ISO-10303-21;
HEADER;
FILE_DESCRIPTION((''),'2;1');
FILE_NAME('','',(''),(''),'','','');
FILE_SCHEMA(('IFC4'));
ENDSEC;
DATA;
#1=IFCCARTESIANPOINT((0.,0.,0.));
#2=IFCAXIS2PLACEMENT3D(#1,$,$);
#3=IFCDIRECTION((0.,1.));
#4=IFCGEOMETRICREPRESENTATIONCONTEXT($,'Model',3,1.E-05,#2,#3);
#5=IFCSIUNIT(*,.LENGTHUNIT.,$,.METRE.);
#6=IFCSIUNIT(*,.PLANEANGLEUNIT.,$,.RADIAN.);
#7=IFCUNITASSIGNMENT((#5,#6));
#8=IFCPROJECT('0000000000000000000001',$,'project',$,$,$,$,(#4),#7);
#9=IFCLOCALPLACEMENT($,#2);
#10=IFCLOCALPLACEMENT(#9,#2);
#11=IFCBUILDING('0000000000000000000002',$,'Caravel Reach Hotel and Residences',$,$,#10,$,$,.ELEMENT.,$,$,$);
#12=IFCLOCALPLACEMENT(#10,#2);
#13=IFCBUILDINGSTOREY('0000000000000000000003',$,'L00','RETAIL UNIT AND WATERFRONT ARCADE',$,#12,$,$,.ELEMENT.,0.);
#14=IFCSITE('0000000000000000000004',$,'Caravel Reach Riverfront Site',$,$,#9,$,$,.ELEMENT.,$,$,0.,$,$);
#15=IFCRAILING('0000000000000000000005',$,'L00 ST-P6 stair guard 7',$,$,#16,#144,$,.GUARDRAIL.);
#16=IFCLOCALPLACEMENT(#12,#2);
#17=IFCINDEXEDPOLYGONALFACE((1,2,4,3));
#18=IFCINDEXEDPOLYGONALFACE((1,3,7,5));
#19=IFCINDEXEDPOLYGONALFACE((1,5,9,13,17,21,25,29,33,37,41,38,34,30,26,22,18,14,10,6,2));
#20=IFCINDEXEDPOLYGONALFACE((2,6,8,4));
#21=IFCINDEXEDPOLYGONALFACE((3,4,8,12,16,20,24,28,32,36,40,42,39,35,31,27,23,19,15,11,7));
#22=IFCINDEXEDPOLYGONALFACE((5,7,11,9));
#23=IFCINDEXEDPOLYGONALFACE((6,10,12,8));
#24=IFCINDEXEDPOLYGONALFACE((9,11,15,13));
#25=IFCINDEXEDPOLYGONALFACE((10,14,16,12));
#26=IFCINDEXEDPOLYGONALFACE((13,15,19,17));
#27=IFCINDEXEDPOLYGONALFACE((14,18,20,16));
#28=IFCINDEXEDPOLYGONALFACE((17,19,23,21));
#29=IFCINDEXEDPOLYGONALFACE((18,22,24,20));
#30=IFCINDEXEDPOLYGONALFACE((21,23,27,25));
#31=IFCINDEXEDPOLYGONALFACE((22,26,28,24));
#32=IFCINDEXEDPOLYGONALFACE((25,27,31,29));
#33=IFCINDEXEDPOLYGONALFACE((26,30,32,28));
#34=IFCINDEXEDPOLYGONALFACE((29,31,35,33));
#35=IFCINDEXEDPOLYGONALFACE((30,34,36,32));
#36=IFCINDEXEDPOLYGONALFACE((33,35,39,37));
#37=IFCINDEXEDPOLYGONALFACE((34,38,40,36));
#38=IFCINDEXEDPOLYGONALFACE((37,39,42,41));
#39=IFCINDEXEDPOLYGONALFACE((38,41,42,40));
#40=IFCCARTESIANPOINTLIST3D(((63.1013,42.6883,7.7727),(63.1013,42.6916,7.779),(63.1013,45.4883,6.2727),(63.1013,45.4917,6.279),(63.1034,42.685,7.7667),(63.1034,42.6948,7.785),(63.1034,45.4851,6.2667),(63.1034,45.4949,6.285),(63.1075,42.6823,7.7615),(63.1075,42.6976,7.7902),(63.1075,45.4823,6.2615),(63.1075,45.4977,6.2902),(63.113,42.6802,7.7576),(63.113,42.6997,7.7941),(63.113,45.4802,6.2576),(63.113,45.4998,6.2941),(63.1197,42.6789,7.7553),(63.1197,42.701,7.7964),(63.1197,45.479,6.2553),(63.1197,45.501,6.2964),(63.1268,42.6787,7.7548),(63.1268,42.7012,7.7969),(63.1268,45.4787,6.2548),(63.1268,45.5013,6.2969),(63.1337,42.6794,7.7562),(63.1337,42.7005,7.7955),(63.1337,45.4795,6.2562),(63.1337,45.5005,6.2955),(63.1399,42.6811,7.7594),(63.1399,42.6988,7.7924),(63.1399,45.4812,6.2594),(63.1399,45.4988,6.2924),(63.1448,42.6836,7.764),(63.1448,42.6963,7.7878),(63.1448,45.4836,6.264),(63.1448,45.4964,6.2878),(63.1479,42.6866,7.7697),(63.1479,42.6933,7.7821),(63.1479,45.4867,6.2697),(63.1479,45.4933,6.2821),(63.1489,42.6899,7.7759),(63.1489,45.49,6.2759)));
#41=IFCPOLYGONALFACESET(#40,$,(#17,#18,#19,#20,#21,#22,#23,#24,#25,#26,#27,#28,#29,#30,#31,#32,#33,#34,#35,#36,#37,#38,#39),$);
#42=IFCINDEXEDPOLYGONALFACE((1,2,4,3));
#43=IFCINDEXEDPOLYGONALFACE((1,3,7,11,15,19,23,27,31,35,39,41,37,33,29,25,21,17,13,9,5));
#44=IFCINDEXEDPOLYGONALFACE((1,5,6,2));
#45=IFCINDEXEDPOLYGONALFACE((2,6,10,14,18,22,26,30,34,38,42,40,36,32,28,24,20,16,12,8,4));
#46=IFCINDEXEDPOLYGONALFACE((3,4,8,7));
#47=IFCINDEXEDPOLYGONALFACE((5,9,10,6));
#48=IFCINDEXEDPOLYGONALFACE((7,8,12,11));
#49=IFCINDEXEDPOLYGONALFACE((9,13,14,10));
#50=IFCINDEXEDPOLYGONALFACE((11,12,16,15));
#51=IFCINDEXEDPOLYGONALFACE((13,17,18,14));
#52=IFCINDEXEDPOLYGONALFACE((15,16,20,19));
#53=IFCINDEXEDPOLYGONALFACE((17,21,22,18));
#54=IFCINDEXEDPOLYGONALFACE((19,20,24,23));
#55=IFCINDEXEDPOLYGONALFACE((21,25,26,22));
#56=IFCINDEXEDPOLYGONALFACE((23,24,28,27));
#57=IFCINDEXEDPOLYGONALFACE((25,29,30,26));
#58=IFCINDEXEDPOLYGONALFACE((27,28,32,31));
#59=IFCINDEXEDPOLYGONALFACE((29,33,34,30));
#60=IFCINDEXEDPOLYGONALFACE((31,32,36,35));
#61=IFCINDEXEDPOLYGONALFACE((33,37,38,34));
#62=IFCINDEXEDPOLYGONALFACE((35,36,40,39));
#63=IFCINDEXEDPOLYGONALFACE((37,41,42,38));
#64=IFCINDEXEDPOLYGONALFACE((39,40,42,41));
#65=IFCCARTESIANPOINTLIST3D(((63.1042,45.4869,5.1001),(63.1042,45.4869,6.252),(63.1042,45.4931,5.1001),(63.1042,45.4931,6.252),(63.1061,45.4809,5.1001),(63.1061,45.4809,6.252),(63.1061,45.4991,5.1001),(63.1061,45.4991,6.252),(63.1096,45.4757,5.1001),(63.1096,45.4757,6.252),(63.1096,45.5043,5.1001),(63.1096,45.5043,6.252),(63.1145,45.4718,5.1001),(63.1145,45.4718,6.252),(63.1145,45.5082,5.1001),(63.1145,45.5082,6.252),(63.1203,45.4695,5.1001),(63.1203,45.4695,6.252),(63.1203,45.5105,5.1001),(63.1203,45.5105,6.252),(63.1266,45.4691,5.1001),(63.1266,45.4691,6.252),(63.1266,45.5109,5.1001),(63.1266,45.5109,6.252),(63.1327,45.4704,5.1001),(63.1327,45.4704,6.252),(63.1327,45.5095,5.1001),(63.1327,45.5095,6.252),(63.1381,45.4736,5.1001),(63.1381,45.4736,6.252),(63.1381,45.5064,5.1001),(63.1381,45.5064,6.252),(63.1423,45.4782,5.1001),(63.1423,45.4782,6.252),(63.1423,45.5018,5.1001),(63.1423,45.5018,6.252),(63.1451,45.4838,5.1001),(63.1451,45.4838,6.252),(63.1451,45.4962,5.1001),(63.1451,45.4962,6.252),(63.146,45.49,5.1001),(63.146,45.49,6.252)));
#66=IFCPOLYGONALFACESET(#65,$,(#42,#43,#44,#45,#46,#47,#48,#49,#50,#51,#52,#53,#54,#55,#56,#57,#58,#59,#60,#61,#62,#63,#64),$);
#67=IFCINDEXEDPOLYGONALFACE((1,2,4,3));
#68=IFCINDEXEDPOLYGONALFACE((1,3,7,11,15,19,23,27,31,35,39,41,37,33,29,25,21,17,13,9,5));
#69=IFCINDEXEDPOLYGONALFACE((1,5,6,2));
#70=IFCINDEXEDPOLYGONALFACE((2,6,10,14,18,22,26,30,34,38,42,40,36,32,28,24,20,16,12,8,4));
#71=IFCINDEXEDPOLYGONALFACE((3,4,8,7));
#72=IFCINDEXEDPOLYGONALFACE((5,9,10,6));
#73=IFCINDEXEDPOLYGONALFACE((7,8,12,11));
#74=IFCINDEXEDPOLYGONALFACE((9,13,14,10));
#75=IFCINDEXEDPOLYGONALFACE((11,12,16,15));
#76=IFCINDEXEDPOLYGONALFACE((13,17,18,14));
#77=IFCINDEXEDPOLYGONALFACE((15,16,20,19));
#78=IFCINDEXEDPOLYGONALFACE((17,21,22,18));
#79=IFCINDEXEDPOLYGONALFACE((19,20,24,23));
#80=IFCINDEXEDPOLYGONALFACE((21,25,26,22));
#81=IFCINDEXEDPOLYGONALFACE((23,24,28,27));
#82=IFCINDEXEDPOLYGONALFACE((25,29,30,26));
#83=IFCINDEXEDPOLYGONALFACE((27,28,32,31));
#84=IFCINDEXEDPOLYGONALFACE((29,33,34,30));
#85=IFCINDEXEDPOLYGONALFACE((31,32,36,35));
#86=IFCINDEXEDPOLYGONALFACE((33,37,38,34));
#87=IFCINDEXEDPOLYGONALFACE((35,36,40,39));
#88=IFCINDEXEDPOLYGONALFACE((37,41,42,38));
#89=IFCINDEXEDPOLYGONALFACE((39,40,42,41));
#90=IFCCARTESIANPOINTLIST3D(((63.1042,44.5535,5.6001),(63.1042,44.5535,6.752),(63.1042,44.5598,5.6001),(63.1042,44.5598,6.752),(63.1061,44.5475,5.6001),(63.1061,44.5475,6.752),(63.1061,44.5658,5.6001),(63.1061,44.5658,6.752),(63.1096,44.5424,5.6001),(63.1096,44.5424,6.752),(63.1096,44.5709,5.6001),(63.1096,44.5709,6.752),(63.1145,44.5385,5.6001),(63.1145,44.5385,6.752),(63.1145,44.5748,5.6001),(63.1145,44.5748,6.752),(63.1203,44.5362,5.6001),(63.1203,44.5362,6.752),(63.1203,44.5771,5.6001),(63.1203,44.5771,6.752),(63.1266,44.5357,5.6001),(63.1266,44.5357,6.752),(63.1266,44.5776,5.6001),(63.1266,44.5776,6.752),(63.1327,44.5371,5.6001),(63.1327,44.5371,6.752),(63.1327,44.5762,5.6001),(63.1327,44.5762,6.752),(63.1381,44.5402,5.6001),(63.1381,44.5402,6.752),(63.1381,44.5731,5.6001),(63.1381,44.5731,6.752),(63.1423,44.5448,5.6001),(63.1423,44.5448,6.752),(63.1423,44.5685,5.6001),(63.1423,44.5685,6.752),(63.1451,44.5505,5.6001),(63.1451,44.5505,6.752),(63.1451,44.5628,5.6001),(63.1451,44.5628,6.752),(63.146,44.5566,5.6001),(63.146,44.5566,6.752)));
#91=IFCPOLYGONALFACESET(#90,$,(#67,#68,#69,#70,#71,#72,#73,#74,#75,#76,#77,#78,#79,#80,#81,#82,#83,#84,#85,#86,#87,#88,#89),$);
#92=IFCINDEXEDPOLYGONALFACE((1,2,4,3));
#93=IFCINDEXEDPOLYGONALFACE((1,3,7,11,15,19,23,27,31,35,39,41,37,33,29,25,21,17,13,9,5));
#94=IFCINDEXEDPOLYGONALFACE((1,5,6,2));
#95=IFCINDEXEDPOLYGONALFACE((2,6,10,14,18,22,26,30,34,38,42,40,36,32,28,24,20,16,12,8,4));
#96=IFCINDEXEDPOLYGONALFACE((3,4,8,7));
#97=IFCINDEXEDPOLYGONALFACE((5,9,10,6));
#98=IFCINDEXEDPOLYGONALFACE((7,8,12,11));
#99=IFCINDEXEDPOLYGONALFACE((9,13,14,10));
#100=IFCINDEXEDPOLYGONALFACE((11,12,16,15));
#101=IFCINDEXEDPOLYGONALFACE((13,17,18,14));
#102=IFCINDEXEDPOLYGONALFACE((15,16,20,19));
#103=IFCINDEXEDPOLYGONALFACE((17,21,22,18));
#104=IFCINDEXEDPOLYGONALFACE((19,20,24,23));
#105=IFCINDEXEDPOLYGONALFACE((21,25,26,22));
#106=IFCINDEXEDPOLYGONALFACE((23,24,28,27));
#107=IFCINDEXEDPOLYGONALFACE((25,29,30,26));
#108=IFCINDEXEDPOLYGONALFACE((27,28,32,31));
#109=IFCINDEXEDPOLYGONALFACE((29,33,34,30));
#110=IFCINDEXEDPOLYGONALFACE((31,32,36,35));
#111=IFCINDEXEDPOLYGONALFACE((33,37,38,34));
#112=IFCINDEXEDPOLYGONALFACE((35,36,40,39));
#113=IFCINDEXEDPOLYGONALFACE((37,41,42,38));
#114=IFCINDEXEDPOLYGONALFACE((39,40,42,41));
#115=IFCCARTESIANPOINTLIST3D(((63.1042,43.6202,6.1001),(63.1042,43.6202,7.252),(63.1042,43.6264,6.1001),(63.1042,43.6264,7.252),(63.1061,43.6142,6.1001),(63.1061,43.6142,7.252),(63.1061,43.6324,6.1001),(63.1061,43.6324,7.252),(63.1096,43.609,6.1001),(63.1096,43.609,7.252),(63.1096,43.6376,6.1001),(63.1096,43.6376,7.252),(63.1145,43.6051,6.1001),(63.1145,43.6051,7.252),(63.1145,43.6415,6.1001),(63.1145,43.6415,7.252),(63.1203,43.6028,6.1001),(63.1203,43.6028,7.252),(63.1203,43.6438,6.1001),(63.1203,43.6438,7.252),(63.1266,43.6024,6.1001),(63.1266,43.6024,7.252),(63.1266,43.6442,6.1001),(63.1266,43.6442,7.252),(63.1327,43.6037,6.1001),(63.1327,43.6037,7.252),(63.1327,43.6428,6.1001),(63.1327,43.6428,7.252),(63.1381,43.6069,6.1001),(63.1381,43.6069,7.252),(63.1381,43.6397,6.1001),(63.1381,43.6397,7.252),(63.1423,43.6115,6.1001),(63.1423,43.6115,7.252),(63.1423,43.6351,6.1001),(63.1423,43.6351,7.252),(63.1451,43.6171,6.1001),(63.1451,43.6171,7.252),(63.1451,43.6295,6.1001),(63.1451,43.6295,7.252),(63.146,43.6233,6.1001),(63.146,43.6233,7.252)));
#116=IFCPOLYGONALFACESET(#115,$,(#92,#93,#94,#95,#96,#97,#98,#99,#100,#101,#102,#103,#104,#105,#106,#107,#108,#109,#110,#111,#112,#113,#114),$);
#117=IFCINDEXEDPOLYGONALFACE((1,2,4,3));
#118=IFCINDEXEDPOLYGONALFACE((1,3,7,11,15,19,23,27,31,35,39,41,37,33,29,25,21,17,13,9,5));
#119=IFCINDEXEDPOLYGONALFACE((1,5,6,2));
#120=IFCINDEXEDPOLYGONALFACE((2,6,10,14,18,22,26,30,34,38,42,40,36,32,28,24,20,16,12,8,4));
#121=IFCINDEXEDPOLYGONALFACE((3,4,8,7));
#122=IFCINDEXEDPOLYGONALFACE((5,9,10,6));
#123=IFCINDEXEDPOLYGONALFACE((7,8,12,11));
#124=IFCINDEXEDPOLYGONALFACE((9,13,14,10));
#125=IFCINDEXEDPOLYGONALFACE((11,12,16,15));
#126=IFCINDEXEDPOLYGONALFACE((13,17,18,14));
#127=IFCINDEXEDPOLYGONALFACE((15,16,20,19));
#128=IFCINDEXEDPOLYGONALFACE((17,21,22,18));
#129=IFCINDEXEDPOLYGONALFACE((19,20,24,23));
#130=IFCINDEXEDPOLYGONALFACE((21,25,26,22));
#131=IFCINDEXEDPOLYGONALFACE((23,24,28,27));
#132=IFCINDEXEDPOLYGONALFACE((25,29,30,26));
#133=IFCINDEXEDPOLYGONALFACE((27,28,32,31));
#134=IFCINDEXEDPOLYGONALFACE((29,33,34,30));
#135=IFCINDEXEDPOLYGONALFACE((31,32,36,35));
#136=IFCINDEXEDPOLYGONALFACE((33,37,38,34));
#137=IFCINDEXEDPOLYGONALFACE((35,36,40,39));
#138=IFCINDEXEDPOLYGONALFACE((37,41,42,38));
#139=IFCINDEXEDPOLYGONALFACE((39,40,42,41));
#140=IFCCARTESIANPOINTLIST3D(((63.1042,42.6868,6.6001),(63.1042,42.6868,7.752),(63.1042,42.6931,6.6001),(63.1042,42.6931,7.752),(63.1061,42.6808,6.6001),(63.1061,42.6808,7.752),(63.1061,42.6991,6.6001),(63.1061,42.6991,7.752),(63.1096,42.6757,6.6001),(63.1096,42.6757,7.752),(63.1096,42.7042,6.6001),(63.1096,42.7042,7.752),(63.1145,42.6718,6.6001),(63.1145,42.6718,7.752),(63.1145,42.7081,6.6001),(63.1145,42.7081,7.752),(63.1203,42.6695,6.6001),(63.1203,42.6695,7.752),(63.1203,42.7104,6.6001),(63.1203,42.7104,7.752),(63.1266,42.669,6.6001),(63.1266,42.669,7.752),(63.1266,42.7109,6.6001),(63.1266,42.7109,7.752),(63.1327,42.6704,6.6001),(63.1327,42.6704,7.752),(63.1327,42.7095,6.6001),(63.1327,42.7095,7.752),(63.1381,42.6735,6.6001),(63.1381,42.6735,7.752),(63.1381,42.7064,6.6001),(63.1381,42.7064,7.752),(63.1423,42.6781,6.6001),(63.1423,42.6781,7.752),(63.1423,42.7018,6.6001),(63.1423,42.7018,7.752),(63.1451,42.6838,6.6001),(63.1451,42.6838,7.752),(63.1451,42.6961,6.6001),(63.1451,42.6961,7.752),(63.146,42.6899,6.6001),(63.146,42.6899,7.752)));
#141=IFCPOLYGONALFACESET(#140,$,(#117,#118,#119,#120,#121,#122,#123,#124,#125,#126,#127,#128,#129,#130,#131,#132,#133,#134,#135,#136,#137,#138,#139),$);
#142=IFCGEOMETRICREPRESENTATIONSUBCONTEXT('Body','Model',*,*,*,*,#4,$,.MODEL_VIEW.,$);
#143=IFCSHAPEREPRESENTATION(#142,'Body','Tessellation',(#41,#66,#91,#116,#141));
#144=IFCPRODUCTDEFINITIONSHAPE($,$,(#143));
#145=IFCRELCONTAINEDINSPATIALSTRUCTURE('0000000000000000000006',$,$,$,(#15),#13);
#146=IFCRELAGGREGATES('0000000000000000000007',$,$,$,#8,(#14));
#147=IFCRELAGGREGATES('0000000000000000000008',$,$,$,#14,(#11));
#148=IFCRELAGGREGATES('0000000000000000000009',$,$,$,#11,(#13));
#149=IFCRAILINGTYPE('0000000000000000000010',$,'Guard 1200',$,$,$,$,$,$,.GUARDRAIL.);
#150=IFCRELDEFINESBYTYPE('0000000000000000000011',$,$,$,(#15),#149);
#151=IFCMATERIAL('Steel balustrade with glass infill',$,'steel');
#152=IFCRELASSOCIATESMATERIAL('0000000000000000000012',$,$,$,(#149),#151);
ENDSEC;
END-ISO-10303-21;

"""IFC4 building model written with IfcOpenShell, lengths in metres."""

from ifc_helpers import new_model, si_unit, direction, frame, origin, origin_2d, place, context, subcontext, project, spatial, circle, extrude, material, type_object, element, save


model = new_model("IFC4")

# Units and contexts
model_context = context("Model", 3, precision=1e-05, world=origin(), true_north=direction((0.0, 1.0)))
body_context = subcontext(model_context, "Body", "Model", "MODEL_VIEW")
ifc_project = project(units=[si_unit("LENGTHUNIT", "METRE"), si_unit("PLANEANGLEUNIT", "RADIAN")], contexts=[model_context])

# Site, building, storey
site_placement = place(None, origin())
site = spatial("IfcSite", under=ifc_project, at=site_placement, Name="Caravel Reach Riverfront Site", CompositionType="ELEMENT", RefElevation=0.0)
building_placement = place(site_placement, origin())
building = spatial("IfcBuilding", under=site, at=building_placement, Name="Caravel Reach Hotel and Residences", CompositionType="ELEMENT")
storey_placement = place(building_placement, origin())
storey = spatial("IfcBuildingStorey", under=building, at=storey_placement, Name="L00", Description="RETAIL UNIT AND WATERFRONT ARCADE", CompositionType="ELEMENT", Elevation=0.0)

# Railing
ifc_material_1 = material(Name="Steel balustrade with glass infill", Category="steel")
railing_type = type_object("IfcRailingType", Name="Guard 1200", PredefinedType="GUARDRAIL", material=ifc_material_1)
railing_1_placement = place(storey_placement, frame((63.125, 45.49, 5.1001)))
element("IfcRailing", 1, at=railing_1_placement, inside=storey, type_object=railing_type, Name="L00 ST-P6 stair guard 7", PredefinedType="GUARDRAIL", context=body_context, shape_type="SweptSolid", body=[
    extrude(circle(Radius=0.0239, at=origin_2d()), frame((0.0, 0.0, 1.1758), z_axis=(0.0, -0.881483, 0.472215), x_axis=(1.0, 0.0, 0.0)), (0.0, 0.0, 1.0), 3.1765),
    extrude(circle(Radius=0.021, at=origin_2d()), origin(), (0.0, 0.0, 1.0), 1.1519),
    extrude(circle(Radius=0.021, at=origin_2d()), frame((0.0, -0.9333, 0.5)), (0.0, 0.0, 1.0), 1.1519),
    extrude(circle(Radius=0.021, at=origin_2d()), frame((0.0, -1.8667, 1.0)), (0.0, 0.0, 1.0), 1.1519),
    extrude(circle(Radius=0.021, at=origin_2d()), frame((0.0, -2.8, 1.5)), (0.0, 0.0, 1.0), 1.1519),
])

save(model, "model.ifc")
